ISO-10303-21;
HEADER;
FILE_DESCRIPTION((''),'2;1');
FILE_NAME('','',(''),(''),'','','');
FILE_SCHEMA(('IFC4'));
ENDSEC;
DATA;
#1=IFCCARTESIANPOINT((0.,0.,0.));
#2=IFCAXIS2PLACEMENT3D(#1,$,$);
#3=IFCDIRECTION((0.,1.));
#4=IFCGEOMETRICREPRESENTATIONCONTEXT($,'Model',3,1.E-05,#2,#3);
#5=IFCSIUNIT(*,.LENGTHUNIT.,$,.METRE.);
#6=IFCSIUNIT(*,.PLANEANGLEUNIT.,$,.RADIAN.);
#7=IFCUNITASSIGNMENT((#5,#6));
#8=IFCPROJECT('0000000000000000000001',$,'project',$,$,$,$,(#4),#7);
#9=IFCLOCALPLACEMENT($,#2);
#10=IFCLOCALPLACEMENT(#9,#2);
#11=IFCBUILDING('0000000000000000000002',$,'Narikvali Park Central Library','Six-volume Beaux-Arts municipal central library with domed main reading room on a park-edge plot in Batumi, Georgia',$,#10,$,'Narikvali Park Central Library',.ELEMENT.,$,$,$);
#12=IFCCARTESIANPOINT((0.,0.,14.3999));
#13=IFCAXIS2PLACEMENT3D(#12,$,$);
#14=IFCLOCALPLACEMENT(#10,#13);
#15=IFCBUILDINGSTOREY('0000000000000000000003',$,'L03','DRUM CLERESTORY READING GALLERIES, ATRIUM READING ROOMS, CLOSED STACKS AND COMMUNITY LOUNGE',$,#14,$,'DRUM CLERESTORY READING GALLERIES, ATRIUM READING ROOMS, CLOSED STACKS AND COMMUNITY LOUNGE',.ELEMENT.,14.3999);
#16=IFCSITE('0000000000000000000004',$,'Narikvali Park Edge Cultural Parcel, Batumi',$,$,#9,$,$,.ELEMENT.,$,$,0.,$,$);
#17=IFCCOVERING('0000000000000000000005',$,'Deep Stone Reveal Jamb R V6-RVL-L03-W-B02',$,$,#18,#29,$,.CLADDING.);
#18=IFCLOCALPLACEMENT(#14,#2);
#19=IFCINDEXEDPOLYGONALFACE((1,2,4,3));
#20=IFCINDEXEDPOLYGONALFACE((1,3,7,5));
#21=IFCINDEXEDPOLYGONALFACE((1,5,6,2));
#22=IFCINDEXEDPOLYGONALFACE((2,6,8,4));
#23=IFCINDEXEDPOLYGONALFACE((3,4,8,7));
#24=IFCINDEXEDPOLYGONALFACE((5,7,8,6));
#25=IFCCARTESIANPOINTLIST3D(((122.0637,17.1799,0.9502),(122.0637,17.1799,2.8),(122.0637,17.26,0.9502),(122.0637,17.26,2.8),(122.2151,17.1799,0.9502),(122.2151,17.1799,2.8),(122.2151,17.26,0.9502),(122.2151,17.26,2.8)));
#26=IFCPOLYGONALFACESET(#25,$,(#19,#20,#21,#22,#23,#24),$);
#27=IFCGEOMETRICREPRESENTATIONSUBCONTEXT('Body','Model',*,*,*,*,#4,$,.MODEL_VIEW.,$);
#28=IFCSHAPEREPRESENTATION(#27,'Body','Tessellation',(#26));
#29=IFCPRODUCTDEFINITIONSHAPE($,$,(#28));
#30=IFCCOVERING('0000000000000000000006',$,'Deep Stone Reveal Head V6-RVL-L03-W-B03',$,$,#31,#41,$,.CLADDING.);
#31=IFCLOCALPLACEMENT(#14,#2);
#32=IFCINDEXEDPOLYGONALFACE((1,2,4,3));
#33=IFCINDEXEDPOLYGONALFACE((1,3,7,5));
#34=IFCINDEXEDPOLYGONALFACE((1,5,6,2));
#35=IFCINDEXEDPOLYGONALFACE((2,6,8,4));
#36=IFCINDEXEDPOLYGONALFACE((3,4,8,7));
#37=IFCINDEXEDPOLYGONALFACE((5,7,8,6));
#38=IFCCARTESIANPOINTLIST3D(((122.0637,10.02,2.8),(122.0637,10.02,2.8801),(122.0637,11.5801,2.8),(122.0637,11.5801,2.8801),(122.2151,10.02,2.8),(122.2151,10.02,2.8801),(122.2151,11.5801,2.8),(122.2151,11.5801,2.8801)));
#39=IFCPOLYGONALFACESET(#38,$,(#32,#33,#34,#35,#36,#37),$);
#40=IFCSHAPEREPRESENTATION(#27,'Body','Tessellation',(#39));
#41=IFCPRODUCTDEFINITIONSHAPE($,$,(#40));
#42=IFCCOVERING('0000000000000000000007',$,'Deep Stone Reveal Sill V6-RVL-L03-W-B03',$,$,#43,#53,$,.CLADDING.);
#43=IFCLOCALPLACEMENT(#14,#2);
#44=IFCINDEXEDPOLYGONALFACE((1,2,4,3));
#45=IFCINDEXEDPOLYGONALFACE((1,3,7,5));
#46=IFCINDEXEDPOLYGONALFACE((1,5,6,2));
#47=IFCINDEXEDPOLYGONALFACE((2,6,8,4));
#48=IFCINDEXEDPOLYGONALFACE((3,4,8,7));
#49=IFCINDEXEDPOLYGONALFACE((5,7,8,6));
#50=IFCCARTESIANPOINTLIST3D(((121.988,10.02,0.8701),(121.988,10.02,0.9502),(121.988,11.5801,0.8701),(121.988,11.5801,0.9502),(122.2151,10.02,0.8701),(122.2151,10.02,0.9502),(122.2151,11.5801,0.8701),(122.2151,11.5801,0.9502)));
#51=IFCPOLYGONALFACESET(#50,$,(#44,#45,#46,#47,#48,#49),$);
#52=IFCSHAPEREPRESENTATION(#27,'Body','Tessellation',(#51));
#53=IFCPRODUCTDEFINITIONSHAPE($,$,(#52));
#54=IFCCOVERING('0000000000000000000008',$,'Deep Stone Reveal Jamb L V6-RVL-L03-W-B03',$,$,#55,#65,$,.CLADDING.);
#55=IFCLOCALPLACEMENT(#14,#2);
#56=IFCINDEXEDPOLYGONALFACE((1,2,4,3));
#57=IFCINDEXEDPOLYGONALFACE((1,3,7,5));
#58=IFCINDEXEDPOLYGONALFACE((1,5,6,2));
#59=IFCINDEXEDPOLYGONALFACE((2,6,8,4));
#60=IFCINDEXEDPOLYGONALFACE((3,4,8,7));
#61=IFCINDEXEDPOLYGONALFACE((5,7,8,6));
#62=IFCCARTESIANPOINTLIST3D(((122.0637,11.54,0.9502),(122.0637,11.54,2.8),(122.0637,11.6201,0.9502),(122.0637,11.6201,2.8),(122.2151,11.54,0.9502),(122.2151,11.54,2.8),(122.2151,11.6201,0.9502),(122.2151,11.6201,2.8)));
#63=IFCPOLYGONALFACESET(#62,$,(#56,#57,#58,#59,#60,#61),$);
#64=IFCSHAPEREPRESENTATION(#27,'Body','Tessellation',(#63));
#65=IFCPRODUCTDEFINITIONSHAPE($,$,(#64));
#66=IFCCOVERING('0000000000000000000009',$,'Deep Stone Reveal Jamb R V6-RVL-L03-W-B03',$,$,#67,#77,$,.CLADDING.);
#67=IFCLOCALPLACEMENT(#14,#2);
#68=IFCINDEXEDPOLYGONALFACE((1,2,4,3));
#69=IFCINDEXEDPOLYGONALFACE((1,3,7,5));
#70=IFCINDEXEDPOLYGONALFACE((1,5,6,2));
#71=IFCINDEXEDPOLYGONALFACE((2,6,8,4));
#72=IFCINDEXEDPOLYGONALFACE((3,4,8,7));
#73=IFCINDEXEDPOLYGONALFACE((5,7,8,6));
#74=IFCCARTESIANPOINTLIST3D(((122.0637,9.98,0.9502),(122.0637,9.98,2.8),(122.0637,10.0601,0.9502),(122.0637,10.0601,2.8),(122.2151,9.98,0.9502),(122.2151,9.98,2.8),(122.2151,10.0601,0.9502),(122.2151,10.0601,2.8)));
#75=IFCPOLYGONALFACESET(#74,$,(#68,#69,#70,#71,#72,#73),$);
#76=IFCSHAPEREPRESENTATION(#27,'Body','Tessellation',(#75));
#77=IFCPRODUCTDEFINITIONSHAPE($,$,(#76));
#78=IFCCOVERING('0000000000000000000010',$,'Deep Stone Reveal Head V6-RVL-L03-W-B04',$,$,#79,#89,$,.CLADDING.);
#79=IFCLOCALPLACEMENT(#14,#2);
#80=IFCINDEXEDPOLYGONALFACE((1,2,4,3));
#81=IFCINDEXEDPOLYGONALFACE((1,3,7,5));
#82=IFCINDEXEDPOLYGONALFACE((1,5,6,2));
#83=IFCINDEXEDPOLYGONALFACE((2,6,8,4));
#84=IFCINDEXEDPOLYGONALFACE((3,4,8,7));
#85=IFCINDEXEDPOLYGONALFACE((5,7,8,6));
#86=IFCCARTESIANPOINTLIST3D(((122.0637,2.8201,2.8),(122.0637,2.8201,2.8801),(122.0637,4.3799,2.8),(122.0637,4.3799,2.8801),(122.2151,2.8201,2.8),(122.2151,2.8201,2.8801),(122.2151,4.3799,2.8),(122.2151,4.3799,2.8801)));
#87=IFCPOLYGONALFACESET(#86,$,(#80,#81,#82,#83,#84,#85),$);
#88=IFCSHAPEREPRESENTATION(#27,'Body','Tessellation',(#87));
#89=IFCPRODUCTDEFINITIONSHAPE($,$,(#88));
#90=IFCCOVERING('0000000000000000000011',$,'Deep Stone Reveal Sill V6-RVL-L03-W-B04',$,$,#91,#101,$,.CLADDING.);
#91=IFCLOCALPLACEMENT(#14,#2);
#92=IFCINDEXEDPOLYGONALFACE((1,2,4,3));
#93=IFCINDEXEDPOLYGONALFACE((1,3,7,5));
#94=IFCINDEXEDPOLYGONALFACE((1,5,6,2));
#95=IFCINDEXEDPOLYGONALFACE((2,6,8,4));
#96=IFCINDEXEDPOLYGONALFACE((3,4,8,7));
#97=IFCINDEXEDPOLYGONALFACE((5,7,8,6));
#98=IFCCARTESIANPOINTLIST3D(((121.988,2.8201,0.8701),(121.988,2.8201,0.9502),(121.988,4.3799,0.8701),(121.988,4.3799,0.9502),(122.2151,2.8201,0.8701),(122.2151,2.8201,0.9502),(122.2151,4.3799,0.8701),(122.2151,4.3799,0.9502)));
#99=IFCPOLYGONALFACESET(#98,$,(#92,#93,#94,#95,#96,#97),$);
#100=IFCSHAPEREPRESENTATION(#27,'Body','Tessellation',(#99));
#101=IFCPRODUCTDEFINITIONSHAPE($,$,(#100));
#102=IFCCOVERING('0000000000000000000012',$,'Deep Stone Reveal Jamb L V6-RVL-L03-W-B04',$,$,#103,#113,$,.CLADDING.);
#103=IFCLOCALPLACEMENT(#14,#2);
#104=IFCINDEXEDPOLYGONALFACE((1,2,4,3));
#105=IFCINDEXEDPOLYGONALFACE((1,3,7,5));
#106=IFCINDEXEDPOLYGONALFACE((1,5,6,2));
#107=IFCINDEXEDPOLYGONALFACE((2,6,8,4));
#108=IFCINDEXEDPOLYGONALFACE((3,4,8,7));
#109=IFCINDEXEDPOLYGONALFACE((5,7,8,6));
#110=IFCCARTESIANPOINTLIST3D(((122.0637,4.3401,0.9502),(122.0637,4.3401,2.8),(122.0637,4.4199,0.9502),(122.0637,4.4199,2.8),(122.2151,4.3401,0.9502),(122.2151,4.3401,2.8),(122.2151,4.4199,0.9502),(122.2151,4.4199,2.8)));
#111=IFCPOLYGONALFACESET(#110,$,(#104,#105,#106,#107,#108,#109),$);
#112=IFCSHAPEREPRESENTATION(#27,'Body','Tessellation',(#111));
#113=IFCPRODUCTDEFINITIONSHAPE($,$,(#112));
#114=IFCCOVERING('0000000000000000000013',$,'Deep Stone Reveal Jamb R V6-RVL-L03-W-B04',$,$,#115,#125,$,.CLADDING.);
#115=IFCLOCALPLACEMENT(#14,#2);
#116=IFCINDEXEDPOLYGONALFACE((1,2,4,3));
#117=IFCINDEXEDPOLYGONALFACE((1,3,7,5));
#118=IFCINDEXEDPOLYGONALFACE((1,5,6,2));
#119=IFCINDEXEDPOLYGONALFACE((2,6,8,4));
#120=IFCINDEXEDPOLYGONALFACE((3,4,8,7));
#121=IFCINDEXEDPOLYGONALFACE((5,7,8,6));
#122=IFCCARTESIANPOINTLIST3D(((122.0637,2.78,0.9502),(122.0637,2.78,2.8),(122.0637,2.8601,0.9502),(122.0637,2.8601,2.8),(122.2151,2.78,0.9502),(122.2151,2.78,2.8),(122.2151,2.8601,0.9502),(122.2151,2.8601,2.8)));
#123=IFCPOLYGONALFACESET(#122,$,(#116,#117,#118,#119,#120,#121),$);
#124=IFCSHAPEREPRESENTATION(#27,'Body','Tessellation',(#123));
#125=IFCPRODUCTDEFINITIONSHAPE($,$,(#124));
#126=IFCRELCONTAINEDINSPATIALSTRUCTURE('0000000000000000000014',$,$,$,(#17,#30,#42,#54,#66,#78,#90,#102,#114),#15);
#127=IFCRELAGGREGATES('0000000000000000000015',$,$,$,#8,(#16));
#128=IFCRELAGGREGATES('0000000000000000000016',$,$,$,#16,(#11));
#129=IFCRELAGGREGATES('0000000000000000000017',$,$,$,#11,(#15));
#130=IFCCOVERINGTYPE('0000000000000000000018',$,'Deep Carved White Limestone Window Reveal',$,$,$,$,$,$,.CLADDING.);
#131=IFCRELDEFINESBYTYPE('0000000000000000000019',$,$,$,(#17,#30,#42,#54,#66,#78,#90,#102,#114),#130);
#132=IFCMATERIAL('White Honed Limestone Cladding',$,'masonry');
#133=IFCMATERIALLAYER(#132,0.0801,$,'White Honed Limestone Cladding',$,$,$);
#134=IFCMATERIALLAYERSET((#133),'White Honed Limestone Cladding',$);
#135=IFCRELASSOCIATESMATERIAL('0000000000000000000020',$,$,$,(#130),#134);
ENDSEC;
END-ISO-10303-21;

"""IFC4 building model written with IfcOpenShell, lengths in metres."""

from ifc_helpers import new_model, si_unit, direction, frame, origin, place, context, subcontext, project, spatial, polyline, outline, extrude, material, layer, layer_set, type_object, element, save


model = new_model("IFC4")

# Units and contexts
model_context = context("Model", 3, precision=1e-05, world=origin(), true_north=direction((0.0, 1.0)))
body_context = subcontext(model_context, "Body", "Model", "MODEL_VIEW")
ifc_project = project(units=[si_unit("LENGTHUNIT", "METRE"), si_unit("PLANEANGLEUNIT", "RADIAN")], contexts=[model_context])

# Site, building, storey
site_placement = place(None, origin())
site = spatial("IfcSite", under=ifc_project, at=site_placement, Name="Narikvali Park Edge Cultural Parcel, Batumi", CompositionType="ELEMENT", RefElevation=0.0)
building_placement = place(site_placement, origin())
building = spatial("IfcBuilding", under=site, at=building_placement, Name="Narikvali Park Central Library", Description="Six-volume Beaux-Arts municipal central library with domed main reading room on a park-edge plot in Batumi, Georgia", LongName="Narikvali Park Central Library", CompositionType="ELEMENT")
storey_placement = place(building_placement, frame((0.0, 0.0, 14.3999)))
storey = spatial("IfcBuildingStorey", under=building, at=storey_placement, Name="L03", Description="DRUM CLERESTORY READING GALLERIES, ATRIUM READING ROOMS, CLOSED STACKS AND COMMUNITY LOUNGE", LongName="DRUM CLERESTORY READING GALLERIES, ATRIUM READING ROOMS, CLOSED STACKS AND COMMUNITY LOUNGE", CompositionType="ELEMENT", Elevation=14.3999)

# Coverings
ifc_material_1 = material(Name="White Honed Limestone Cladding", Category="masonry")
ifc_layer_1 = layer(ifc_material_1, 0.0801, Name="White Honed Limestone Cladding")
ifc_layer_set_1 = layer_set([ifc_layer_1], Name="White Honed Limestone Cladding")
covering_type = type_object("IfcCoveringType", Name="Deep Carved White Limestone Window Reveal", PredefinedType="CLADDING", material=ifc_layer_set_1)
covering_1_placement = place(storey_placement, frame((0.0, 0.0, 0.9502)))
element("IfcCovering", 1, at=covering_1_placement, inside=storey, type_object=covering_type, Name="Deep Stone Reveal Jamb R V6-RVL-L03-W-B02", PredefinedType="CLADDING", context=body_context, shape_type="SweptSolid", body=[
    extrude(outline(polyline([(122.2151, 17.26), (122.2151, 17.1799), (122.0637, 17.1799), (122.0637, 17.26), (122.2151, 17.26)])), origin(), (0.0, 0.0, 1.0), 1.8499),
])
covering_2_placement = place(storey_placement, frame((0.0, 0.0, 2.8)))
element("IfcCovering", 2, at=covering_2_placement, inside=storey, type_object=covering_type, Name="Deep Stone Reveal Head V6-RVL-L03-W-B03", PredefinedType="CLADDING", context=body_context, shape_type="SweptSolid", body=[
    extrude(outline(polyline([(122.2151, 11.5801), (122.2151, 10.02), (122.0637, 10.02), (122.0637, 11.5801), (122.2151, 11.5801)])), origin(), (0.0, 0.0, 1.0), 0.0801),
])
covering_3_placement = place(storey_placement, frame((0.0, 0.0, 0.8701)))
element("IfcCovering", 3, at=covering_3_placement, inside=storey, type_object=covering_type, Name="Deep Stone Reveal Sill V6-RVL-L03-W-B03", PredefinedType="CLADDING", context=body_context, shape_type="SweptSolid", body=[
    extrude(outline(polyline([(122.2151, 11.5801), (122.2151, 10.02), (121.988, 10.02), (121.988, 11.5801), (122.2151, 11.5801)])), origin(), (0.0, 0.0, 1.0), 0.0801),
])
covering_4_placement = place(storey_placement, frame((0.0, 0.0, 0.9502)))
element("IfcCovering", 4, at=covering_4_placement, inside=storey, type_object=covering_type, Name="Deep Stone Reveal Jamb L V6-RVL-L03-W-B03", PredefinedType="CLADDING", context=body_context, shape_type="SweptSolid", body=[
    extrude(outline(polyline([(122.2151, 11.6201), (122.2151, 11.54), (122.0637, 11.54), (122.0637, 11.6201), (122.2151, 11.6201)])), origin(), (0.0, 0.0, 1.0), 1.8499),
])
covering_5_placement = place(storey_placement, frame((0.0, 0.0, 0.9502)))
element("IfcCovering", 5, at=covering_5_placement, inside=storey, type_object=covering_type, Name="Deep Stone Reveal Jamb R V6-RVL-L03-W-B03", PredefinedType="CLADDING", context=body_context, shape_type="SweptSolid", body=[
    extrude(outline(polyline([(122.2151, 10.0601), (122.2151, 9.98), (122.0637, 9.98), (122.0637, 10.0601), (122.2151, 10.0601)])), origin(), (0.0, 0.0, 1.0), 1.8499),
])
covering_6_placement = place(storey_placement, frame((0.0, 0.0, 2.8)))
element("IfcCovering", 6, at=covering_6_placement, inside=storey, type_object=covering_type, Name="Deep Stone Reveal Head V6-RVL-L03-W-B04", PredefinedType="CLADDING", context=body_context, shape_type="SweptSolid", body=[
    extrude(outline(polyline([(122.2151, 4.3799), (122.2151, 2.8201), (122.0637, 2.8201), (122.0637, 4.3799), (122.2151, 4.3799)])), origin(), (0.0, 0.0, 1.0), 0.0801),
])
covering_7_placement = place(storey_placement, frame((0.0, 0.0, 0.8701)))
element("IfcCovering", 7, at=covering_7_placement, inside=storey, type_object=covering_type, Name="Deep Stone Reveal Sill V6-RVL-L03-W-B04", PredefinedType="CLADDING", context=body_context, shape_type="SweptSolid", body=[
    extrude(outline(polyline([(122.2151, 4.3799), (122.2151, 2.8201), (121.988, 2.8201), (121.988, 4.3799), (122.2151, 4.3799)])), origin(), (0.0, 0.0, 1.0), 0.0801),
])
covering_8_placement = place(storey_placement, frame((0.0, 0.0, 0.9502)))
element("IfcCovering", 8, at=covering_8_placement, inside=storey, type_object=covering_type, Name="Deep Stone Reveal Jamb L V6-RVL-L03-W-B04", PredefinedType="CLADDING", context=body_context, shape_type="SweptSolid", body=[
    extrude(outline(polyline([(122.2151, 4.4199), (122.2151, 4.3401), (122.0637, 4.3401), (122.0637, 4.4199), (122.2151, 4.4199)])), origin(), (0.0, 0.0, 1.0), 1.8499),
])
covering_9_placement = place(storey_placement, frame((0.0, 0.0, 0.9502)))
element("IfcCovering", 9, at=covering_9_placement, inside=storey, type_object=covering_type, Name="Deep Stone Reveal Jamb R V6-RVL-L03-W-B04", PredefinedType="CLADDING", context=body_context, shape_type="SweptSolid", body=[
    extrude(outline(polyline([(122.2151, 2.8601), (122.2151, 2.78), (122.0637, 2.78), (122.0637, 2.8601), (122.2151, 2.8601)])), origin(), (0.0, 0.0, 1.0), 1.8499),
])

save(model, "model.ifc")
